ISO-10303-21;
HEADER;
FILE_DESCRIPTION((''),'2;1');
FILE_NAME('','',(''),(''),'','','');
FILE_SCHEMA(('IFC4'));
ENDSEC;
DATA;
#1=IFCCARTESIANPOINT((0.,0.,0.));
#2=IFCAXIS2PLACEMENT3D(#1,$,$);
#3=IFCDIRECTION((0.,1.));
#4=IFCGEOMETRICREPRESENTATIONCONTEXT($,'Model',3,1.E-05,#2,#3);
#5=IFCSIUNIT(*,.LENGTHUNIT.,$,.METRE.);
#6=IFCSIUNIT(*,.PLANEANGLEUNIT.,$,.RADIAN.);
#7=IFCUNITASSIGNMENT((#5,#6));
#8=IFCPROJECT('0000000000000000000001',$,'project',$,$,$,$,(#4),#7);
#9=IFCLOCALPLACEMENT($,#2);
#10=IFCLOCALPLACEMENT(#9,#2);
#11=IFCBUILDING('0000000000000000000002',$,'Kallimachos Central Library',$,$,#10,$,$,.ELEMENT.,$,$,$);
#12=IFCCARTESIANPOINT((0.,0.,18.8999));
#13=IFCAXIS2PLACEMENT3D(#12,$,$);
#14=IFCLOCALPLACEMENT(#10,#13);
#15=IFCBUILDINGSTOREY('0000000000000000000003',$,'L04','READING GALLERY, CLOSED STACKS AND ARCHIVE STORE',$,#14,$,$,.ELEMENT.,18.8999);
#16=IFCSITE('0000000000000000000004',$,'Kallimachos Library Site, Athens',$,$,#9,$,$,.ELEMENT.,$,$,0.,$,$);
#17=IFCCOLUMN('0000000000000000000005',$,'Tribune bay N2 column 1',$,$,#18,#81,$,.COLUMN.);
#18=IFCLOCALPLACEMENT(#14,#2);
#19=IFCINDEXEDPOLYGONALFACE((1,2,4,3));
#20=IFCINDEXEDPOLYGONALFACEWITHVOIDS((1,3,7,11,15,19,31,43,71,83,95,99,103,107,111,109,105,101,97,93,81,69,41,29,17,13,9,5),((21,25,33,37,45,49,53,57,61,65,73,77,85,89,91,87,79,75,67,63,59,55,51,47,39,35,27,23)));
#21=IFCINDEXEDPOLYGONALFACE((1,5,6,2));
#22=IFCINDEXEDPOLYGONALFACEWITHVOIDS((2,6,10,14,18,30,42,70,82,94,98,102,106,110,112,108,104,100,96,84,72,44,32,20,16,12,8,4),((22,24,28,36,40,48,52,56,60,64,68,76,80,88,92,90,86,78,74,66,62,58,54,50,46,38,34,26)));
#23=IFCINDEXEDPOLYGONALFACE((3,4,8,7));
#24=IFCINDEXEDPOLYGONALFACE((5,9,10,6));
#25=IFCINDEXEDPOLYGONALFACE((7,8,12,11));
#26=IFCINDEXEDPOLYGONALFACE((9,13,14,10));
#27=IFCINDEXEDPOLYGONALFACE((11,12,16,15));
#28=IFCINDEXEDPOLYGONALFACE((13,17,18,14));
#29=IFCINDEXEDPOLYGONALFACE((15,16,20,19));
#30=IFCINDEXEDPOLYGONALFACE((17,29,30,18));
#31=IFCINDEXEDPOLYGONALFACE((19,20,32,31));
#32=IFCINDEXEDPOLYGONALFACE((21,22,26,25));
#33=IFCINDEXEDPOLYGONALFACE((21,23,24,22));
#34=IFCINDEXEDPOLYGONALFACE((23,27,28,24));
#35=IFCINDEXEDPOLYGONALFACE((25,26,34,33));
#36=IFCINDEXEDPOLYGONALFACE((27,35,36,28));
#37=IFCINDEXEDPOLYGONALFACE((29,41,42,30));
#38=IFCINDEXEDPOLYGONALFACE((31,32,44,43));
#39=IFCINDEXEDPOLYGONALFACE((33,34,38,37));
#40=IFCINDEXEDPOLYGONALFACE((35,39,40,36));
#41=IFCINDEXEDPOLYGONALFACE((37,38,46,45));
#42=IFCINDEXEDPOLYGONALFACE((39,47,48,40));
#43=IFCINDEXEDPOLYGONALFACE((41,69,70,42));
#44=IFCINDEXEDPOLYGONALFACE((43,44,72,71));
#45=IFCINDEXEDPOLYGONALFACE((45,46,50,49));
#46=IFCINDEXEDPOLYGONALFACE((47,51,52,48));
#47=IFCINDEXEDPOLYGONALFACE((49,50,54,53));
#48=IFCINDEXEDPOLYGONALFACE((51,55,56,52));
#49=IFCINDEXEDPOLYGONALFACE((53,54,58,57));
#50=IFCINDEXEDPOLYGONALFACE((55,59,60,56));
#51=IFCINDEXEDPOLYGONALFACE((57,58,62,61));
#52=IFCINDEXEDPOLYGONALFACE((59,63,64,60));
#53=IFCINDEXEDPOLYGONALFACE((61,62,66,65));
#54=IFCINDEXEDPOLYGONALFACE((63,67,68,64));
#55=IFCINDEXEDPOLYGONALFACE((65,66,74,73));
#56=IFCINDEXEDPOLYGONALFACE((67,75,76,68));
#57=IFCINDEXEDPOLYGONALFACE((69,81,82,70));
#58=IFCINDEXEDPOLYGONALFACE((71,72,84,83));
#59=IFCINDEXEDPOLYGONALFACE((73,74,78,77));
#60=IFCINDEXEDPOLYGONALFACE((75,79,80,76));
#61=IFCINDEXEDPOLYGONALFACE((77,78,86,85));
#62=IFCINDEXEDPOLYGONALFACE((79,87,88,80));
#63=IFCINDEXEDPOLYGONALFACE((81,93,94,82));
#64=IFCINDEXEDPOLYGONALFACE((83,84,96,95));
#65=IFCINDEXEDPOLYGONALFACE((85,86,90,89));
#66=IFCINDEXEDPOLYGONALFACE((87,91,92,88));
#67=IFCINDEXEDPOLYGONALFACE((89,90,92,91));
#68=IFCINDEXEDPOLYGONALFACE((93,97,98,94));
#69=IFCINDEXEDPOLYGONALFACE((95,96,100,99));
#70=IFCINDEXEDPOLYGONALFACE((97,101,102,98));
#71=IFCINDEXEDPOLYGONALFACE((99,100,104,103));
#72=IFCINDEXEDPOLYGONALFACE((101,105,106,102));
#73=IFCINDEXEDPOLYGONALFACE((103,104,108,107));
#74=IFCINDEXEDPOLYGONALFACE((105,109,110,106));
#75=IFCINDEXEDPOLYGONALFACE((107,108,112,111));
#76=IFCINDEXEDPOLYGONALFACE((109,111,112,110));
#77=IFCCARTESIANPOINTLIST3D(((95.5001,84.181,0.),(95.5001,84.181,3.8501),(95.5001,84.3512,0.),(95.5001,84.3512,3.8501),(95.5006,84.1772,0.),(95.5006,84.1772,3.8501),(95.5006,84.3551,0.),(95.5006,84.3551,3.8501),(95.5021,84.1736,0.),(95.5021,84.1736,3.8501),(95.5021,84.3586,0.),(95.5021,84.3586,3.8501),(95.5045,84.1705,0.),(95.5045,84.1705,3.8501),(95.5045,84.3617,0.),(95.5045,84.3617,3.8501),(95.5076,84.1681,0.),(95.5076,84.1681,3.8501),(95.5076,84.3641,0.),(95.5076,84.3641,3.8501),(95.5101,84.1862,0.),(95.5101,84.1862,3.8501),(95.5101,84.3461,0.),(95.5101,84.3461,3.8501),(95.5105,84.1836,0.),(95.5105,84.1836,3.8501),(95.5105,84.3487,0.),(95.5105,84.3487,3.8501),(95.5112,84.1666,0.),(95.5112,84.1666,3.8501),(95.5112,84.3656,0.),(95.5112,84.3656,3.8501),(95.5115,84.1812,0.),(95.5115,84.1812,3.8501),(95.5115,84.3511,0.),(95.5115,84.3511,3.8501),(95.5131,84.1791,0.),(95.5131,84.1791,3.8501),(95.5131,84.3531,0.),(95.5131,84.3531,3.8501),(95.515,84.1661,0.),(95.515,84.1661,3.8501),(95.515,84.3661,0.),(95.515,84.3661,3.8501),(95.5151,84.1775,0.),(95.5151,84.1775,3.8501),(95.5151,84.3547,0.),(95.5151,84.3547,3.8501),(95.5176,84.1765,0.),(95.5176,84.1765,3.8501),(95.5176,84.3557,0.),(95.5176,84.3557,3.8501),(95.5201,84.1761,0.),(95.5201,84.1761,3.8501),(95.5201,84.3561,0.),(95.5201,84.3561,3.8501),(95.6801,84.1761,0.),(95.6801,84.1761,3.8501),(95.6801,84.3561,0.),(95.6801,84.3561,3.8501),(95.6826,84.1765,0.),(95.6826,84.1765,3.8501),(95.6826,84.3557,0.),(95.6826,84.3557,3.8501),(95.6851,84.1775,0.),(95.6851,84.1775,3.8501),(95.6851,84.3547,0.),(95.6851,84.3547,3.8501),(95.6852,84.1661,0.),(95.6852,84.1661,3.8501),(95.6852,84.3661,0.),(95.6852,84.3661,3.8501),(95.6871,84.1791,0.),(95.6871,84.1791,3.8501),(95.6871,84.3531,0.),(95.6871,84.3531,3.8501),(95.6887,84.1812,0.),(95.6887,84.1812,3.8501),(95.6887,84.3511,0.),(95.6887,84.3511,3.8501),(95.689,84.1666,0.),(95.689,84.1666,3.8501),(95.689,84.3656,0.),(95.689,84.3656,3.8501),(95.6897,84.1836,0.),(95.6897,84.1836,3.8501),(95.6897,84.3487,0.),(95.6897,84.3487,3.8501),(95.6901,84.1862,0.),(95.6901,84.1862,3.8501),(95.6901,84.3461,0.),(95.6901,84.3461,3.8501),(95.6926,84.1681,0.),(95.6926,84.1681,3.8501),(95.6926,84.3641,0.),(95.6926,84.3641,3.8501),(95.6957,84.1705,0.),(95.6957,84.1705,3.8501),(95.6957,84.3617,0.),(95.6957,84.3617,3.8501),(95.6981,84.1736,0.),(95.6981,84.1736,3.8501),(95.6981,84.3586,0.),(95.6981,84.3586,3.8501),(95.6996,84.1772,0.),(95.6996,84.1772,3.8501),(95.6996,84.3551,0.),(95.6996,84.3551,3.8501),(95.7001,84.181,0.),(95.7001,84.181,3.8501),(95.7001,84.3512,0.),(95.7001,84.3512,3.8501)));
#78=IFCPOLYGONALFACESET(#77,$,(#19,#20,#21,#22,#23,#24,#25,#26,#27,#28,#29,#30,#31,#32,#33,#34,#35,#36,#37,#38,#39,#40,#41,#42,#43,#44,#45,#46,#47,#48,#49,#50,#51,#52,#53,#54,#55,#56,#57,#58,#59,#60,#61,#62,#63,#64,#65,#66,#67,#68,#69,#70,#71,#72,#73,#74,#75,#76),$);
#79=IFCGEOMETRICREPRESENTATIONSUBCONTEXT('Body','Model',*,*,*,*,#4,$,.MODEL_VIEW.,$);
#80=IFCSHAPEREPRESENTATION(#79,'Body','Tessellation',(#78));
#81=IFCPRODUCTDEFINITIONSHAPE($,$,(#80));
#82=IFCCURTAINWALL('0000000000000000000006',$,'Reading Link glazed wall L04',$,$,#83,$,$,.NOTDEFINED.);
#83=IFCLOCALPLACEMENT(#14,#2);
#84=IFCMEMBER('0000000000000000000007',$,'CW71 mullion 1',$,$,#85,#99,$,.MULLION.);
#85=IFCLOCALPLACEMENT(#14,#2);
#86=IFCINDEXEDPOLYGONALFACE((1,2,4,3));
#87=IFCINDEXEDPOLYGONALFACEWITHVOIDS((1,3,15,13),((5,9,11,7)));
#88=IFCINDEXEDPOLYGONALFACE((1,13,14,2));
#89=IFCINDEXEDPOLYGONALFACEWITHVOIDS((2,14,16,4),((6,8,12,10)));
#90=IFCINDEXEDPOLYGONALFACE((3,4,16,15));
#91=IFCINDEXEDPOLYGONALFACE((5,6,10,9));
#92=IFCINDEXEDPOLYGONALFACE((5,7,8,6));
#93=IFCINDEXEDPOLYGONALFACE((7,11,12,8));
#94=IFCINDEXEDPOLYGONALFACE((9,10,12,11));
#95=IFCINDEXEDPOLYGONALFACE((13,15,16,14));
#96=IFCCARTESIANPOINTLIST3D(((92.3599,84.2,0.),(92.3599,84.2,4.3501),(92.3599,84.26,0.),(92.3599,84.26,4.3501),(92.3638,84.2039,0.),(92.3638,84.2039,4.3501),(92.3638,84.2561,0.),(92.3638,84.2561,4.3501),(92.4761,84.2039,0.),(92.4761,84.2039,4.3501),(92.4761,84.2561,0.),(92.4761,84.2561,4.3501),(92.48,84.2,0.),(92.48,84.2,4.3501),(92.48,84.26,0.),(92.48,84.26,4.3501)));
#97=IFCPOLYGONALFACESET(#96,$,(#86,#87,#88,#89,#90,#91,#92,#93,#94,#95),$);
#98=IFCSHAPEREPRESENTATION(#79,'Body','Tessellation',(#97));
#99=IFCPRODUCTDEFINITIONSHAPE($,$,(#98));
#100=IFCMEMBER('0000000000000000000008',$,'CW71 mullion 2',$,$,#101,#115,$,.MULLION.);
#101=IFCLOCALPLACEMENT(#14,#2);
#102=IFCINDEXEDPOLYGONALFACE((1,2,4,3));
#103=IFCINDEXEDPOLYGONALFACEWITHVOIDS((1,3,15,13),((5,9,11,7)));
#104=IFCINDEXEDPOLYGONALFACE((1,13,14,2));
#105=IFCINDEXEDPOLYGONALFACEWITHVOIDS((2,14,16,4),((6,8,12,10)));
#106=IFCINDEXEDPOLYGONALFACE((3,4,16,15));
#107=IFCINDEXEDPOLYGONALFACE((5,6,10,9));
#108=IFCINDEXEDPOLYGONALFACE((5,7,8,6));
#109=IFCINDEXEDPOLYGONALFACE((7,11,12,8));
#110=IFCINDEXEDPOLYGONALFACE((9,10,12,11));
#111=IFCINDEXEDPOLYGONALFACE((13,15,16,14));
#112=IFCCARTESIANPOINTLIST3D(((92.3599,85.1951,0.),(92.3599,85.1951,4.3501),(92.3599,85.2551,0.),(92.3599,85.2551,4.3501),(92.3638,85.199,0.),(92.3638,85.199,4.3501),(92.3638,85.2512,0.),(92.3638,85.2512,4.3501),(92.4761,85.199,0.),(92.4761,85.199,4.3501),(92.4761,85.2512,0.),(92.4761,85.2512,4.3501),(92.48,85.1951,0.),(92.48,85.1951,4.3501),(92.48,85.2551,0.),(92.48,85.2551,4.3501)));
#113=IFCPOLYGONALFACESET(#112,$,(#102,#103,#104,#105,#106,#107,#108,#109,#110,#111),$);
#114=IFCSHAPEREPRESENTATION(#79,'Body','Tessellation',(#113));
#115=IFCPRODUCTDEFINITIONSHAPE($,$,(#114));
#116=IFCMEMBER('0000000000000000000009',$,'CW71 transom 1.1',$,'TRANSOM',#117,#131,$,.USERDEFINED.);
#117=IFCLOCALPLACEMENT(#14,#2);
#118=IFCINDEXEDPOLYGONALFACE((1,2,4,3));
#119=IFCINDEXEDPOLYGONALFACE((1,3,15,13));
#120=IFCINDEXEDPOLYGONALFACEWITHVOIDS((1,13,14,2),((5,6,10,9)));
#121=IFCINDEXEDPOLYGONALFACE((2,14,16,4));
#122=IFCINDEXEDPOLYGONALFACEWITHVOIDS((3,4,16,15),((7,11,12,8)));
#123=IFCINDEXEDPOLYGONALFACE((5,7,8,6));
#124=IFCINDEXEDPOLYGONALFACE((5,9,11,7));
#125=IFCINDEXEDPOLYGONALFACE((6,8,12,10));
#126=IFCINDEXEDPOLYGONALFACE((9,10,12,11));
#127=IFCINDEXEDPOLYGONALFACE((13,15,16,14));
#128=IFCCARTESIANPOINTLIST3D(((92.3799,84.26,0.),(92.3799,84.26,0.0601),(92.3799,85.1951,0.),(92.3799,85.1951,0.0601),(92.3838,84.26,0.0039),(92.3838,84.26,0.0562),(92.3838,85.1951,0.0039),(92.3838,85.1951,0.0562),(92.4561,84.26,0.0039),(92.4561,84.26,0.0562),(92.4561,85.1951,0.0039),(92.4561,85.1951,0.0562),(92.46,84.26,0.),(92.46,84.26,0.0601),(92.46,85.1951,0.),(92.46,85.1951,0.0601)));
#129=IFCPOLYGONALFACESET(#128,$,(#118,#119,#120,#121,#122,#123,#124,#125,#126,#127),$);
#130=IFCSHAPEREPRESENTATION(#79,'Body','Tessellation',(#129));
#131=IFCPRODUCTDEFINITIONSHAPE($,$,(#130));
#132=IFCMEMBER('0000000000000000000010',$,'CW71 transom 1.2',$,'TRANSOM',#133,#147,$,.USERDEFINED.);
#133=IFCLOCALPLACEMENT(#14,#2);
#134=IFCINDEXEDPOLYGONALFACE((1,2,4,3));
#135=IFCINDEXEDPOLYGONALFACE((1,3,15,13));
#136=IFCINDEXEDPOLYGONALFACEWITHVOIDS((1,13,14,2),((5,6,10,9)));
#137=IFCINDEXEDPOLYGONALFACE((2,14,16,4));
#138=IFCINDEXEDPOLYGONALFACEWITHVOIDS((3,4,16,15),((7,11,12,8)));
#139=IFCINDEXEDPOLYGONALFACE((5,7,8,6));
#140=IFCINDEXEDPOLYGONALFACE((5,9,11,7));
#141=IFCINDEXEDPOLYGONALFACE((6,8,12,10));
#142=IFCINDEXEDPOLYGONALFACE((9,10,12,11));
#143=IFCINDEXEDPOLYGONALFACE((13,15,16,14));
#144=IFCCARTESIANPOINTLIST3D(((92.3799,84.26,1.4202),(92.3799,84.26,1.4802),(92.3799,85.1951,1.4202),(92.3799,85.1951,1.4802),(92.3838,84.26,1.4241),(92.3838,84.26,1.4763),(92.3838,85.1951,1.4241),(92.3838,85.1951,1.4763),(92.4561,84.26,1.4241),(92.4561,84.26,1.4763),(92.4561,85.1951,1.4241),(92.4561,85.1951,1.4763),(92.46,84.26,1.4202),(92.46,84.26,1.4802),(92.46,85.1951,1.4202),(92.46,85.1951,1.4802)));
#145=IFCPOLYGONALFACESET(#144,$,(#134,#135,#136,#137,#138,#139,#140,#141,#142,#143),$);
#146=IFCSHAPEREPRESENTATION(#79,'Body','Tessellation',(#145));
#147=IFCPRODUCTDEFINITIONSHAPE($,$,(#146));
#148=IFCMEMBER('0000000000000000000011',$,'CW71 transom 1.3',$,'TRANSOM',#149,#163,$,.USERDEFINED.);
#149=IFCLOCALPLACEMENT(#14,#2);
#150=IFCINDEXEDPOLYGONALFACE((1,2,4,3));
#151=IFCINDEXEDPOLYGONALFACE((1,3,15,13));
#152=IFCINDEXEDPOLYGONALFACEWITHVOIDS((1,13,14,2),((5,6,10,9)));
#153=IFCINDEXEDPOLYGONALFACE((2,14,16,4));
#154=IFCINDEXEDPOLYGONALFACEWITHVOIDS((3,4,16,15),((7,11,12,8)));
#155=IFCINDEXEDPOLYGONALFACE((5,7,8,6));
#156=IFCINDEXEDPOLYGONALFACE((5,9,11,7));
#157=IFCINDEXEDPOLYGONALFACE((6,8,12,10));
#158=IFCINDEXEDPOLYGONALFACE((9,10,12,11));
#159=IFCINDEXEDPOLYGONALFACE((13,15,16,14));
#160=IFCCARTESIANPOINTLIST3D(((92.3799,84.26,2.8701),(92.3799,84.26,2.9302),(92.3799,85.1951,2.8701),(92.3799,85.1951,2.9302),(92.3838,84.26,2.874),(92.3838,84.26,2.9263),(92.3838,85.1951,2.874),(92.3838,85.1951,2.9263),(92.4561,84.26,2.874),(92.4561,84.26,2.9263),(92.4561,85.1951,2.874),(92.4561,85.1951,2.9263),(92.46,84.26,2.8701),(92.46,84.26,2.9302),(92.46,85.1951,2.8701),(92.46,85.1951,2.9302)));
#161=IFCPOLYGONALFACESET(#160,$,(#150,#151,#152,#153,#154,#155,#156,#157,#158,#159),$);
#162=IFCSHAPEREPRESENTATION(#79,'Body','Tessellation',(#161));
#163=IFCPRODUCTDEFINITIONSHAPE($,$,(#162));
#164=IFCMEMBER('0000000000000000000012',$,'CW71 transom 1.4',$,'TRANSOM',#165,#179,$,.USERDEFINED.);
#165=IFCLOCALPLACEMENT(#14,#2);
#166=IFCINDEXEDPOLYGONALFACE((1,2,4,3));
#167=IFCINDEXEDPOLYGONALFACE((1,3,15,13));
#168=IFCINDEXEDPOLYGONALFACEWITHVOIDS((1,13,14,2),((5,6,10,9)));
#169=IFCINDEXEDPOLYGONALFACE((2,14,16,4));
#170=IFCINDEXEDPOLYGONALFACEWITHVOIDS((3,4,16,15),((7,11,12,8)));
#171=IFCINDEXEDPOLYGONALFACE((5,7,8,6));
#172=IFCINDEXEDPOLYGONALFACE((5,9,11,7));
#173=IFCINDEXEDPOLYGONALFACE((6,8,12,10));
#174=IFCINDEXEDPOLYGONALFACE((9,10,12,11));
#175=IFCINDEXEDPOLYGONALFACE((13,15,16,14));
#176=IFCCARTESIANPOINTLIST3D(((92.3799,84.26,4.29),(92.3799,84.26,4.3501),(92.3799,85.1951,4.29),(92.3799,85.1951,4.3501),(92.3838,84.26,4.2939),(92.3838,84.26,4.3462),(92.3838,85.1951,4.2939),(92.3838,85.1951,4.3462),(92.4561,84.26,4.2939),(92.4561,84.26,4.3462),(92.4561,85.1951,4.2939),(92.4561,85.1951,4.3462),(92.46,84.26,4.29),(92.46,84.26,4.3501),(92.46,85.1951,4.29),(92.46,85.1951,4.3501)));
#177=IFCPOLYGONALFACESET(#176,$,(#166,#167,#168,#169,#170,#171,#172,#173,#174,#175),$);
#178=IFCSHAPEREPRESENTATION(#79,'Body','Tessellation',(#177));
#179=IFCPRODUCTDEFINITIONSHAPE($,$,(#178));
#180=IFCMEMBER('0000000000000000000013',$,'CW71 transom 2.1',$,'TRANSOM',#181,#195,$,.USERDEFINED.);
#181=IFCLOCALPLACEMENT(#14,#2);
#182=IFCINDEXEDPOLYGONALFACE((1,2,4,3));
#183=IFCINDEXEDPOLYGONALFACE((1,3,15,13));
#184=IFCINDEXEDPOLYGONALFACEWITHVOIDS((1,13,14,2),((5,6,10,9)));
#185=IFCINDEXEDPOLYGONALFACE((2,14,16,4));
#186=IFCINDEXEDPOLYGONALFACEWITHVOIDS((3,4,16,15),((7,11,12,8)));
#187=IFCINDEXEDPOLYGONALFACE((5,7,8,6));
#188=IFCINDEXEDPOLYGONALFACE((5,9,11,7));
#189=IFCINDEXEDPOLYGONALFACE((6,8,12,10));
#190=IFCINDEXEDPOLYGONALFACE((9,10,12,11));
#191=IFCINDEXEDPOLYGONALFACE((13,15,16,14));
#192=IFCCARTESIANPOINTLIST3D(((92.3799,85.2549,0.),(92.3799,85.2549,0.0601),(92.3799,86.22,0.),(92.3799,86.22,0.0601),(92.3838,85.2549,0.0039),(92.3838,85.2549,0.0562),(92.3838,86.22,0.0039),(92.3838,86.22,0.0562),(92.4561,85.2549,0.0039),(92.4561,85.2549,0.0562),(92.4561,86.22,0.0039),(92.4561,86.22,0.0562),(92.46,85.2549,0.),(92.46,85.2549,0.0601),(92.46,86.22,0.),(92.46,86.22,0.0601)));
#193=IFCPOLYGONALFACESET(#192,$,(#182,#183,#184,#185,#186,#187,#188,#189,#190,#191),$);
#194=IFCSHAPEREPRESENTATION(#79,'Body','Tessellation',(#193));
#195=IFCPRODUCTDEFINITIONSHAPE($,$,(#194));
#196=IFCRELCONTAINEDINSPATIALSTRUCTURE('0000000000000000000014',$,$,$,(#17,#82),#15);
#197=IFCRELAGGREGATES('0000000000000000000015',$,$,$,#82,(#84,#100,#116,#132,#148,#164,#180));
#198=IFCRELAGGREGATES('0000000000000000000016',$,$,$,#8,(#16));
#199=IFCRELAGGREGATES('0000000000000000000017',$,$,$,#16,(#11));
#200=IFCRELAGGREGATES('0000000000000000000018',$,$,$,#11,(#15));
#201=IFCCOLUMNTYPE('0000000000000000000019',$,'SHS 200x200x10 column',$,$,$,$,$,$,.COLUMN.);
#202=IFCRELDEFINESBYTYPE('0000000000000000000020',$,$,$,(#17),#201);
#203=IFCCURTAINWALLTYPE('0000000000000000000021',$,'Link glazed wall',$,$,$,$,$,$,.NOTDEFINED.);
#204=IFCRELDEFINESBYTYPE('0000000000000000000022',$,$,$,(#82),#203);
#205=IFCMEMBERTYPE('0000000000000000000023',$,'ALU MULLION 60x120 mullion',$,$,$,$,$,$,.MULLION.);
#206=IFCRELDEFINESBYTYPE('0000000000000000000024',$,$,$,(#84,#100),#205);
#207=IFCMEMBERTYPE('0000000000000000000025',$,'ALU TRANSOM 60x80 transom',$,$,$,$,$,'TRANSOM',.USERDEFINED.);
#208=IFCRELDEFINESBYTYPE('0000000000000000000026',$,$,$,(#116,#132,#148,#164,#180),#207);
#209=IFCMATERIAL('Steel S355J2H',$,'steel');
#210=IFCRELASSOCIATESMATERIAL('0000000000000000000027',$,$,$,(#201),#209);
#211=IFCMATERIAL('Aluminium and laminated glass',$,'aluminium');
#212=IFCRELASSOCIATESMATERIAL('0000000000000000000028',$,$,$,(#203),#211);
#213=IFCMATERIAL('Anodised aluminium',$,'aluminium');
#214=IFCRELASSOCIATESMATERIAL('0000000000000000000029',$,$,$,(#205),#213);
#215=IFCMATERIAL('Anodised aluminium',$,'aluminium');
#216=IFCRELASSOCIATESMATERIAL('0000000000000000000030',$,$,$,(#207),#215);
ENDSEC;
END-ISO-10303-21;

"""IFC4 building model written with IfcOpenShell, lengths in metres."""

from ifc_helpers import new_model, si_unit, direction, frame, origin, origin_2d, place, context, subcontext, project, spatial, hollow_rectangle, extrude, material, material_profile, profile_set, type_object, element, aggregate, save


model = new_model("IFC4")

# Units and contexts
model_context = context("Model", 3, precision=1e-05, world=origin(), true_north=direction((0.0, 1.0)))
body_context = subcontext(model_context, "Body", "Model", "MODEL_VIEW")
ifc_project = project(units=[si_unit("LENGTHUNIT", "METRE"), si_unit("PLANEANGLEUNIT", "RADIAN")], contexts=[model_context])

# Site, building, storey
site_placement = place(None, origin())
site = spatial("IfcSite", under=ifc_project, at=site_placement, Name="Kallimachos Library Site, Athens", CompositionType="ELEMENT", RefElevation=0.0)
building_placement = place(site_placement, origin())
building = spatial("IfcBuilding", under=site, at=building_placement, Name="Kallimachos Central Library", CompositionType="ELEMENT")
storey_placement = place(building_placement, frame((0.0, 0.0, 18.8999)))
storey = spatial("IfcBuildingStorey", under=building, at=storey_placement, Name="L04", Description="READING GALLERY, CLOSED STACKS AND ARCHIVE STORE", CompositionType="ELEMENT", Elevation=18.8999)

# Column
ifc_material_1 = material(Name="Steel S355J2H", Category="steel")
ifc_material_profile_1 = material_profile(ifc_material_1, hollow_rectangle(XDim=0.2, YDim=0.2, WallThickness=0.01, InnerFilletRadius=0.01, OuterFilletRadius=0.0149, at=origin_2d()), Name="SHS 200x200x10")
ifc_profile_set_1 = profile_set([ifc_material_profile_1], Name="Steel S355J2H")
column_type = type_object("IfcColumnType", Name="SHS 200x200x10 column", PredefinedType="COLUMN", material=ifc_profile_set_1)
column_placement = place(storey_placement, frame((95.6001, 84.2661, 0.0), z_axis=(0.0, 0.0, 1.0), x_axis=(1.0, 0.0, 0.0)))
element("IfcColumn", 1, at=column_placement, inside=storey, type_object=column_type, Name="Tribune bay N2 column 1", PredefinedType="COLUMN", context=body_context, shape_type="SweptSolid", body=[
    extrude(hollow_rectangle(XDim=0.2, YDim=0.2, WallThickness=0.01, InnerFilletRadius=0.01, OuterFilletRadius=0.0149, at=origin_2d()), origin(), (0.0, 0.0, 1.0), 3.8501),
])

# Curtain wall, members
ifc_material_2 = material(Name="Aluminium and laminated glass", Category="aluminium")
curtain_wall_type_1 = type_object("IfcCurtainWallType", Name="Link glazed wall", PredefinedType="NOTDEFINED", material=ifc_material_2)
curtain_wall_1_placement = place(storey_placement, origin())
curtain_wall_1 = element("IfcCurtainWall", 2, at=curtain_wall_1_placement, inside=storey, type_object=curtain_wall_type_1, Name="Reading Link glazed wall L04", PredefinedType="NOTDEFINED")
ifc_material_3 = material(Name="Anodised aluminium", Category="aluminium")
ifc_material_profile_2 = material_profile(ifc_material_3, hollow_rectangle(XDim=0.0601, YDim=0.1201, WallThickness=0.0039, at=origin_2d()), Name="ALU MULLION 60x120")
ifc_profile_set_2 = profile_set([ifc_material_profile_2], Name="Anodised aluminium")
member_type_1 = type_object("IfcMemberType", Name="ALU MULLION 60x120 mullion", PredefinedType="MULLION", material=ifc_profile_set_2)
member_1_placement = place(storey_placement, frame((92.4199, 84.23, 0.0), z_axis=(0.0, 0.0, 1.0), x_axis=(0.0, 1.0, 0.0)))
member_1 = element("IfcMember", 3, at=member_1_placement, type_object=member_type_1, Name="CW71 mullion 1", PredefinedType="MULLION", context=body_context, shape_type="SweptSolid", body=[
    extrude(hollow_rectangle(XDim=0.0601, YDim=0.1201, WallThickness=0.0039, at=origin_2d()), origin(), (0.0, 0.0, 1.0), 4.3501),
])
member_2_placement = place(storey_placement, frame((92.4199, 85.2251, 0.0), z_axis=(0.0, 0.0, 1.0), x_axis=(0.0, 1.0, 0.0)))
member_2 = element("IfcMember", 4, at=member_2_placement, type_object=member_type_1, Name="CW71 mullion 2", PredefinedType="MULLION", context=body_context, shape_type="SweptSolid", body=[
    extrude(hollow_rectangle(XDim=0.0601, YDim=0.1201, WallThickness=0.0039, at=origin_2d()), origin(), (0.0, 0.0, 1.0), 4.3501),
])
ifc_material_4 = material(Name="Anodised aluminium", Category="aluminium")
ifc_material_profile_3 = material_profile(ifc_material_4, hollow_rectangle(XDim=0.0601, YDim=0.0801, WallThickness=0.0039, at=origin_2d()), Name="ALU TRANSOM 60x80")
ifc_profile_set_3 = profile_set([ifc_material_profile_3], Name="Anodised aluminium")
member_type_2 = type_object("IfcMemberType", Name="ALU TRANSOM 60x80 transom", ElementType="TRANSOM", PredefinedType="USERDEFINED", material=ifc_profile_set_3)
member_3_placement = place(storey_placement, frame((92.4199, 84.26, 0.03), z_axis=(0.0, 1.0, 0.0), x_axis=(0.0, 0.0, 1.0)))
member_3 = element("IfcMember", 5, at=member_3_placement, type_object=member_type_2, Name="CW71 transom 1.1", ObjectType="TRANSOM", PredefinedType="USERDEFINED", context=body_context, shape_type="SweptSolid", body=[
    extrude(hollow_rectangle(XDim=0.0601, YDim=0.0801, WallThickness=0.0039, at=origin_2d()), origin(), (0.0, 0.0, 1.0), 0.9351),
])
member_4_placement = place(storey_placement, frame((92.4199, 84.26, 1.4502), z_axis=(0.0, 1.0, 0.0), x_axis=(0.0, 0.0, 1.0)))
member_4 = element("IfcMember", 6, at=member_4_placement, type_object=member_type_2, Name="CW71 transom 1.2", ObjectType="TRANSOM", PredefinedType="USERDEFINED", context=body_context, shape_type="SweptSolid", body=[
    extrude(hollow_rectangle(XDim=0.0601, YDim=0.0801, WallThickness=0.0039, at=origin_2d()), origin(), (0.0, 0.0, 1.0), 0.9351),
])
member_5_placement = place(storey_placement, frame((92.4199, 84.26, 2.9001), z_axis=(0.0, 1.0, 0.0), x_axis=(0.0, 0.0, 1.0)))
member_5 = element("IfcMember", 7, at=member_5_placement, type_object=member_type_2, Name="CW71 transom 1.3", ObjectType="TRANSOM", PredefinedType="USERDEFINED", context=body_context, shape_type="SweptSolid", body=[
    extrude(hollow_rectangle(XDim=0.0601, YDim=0.0801, WallThickness=0.0039, at=origin_2d()), origin(), (0.0, 0.0, 1.0), 0.9351),
])
member_6_placement = place(storey_placement, frame((92.4199, 84.26, 4.3201), z_axis=(0.0, 1.0, 0.0), x_axis=(0.0, 0.0, 1.0)))
member_6 = element("IfcMember", 8, at=member_6_placement, type_object=member_type_2, Name="CW71 transom 1.4", ObjectType="TRANSOM", PredefinedType="USERDEFINED", context=body_context, shape_type="SweptSolid", body=[
    extrude(hollow_rectangle(XDim=0.0601, YDim=0.0801, WallThickness=0.0039, at=origin_2d()), origin(), (0.0, 0.0, 1.0), 0.9351),
])
member_7_placement = place(storey_placement, frame((92.4199, 85.2549, 0.03), z_axis=(0.0, 1.0, 0.0), x_axis=(0.0, 0.0, 1.0)))
member_7 = element("IfcMember", 9, at=member_7_placement, type_object=member_type_2, Name="CW71 transom 2.1", ObjectType="TRANSOM", PredefinedType="USERDEFINED", context=body_context, shape_type="SweptSolid", body=[
    extrude(hollow_rectangle(XDim=0.0601, YDim=0.0801, WallThickness=0.0039, at=origin_2d()), origin(), (0.0, 0.0, 1.0), 0.9651),
])

aggregate(curtain_wall_1, [member_1, member_2, member_3, member_4, member_5, member_6, member_7])

save(model, "model.ifc")
